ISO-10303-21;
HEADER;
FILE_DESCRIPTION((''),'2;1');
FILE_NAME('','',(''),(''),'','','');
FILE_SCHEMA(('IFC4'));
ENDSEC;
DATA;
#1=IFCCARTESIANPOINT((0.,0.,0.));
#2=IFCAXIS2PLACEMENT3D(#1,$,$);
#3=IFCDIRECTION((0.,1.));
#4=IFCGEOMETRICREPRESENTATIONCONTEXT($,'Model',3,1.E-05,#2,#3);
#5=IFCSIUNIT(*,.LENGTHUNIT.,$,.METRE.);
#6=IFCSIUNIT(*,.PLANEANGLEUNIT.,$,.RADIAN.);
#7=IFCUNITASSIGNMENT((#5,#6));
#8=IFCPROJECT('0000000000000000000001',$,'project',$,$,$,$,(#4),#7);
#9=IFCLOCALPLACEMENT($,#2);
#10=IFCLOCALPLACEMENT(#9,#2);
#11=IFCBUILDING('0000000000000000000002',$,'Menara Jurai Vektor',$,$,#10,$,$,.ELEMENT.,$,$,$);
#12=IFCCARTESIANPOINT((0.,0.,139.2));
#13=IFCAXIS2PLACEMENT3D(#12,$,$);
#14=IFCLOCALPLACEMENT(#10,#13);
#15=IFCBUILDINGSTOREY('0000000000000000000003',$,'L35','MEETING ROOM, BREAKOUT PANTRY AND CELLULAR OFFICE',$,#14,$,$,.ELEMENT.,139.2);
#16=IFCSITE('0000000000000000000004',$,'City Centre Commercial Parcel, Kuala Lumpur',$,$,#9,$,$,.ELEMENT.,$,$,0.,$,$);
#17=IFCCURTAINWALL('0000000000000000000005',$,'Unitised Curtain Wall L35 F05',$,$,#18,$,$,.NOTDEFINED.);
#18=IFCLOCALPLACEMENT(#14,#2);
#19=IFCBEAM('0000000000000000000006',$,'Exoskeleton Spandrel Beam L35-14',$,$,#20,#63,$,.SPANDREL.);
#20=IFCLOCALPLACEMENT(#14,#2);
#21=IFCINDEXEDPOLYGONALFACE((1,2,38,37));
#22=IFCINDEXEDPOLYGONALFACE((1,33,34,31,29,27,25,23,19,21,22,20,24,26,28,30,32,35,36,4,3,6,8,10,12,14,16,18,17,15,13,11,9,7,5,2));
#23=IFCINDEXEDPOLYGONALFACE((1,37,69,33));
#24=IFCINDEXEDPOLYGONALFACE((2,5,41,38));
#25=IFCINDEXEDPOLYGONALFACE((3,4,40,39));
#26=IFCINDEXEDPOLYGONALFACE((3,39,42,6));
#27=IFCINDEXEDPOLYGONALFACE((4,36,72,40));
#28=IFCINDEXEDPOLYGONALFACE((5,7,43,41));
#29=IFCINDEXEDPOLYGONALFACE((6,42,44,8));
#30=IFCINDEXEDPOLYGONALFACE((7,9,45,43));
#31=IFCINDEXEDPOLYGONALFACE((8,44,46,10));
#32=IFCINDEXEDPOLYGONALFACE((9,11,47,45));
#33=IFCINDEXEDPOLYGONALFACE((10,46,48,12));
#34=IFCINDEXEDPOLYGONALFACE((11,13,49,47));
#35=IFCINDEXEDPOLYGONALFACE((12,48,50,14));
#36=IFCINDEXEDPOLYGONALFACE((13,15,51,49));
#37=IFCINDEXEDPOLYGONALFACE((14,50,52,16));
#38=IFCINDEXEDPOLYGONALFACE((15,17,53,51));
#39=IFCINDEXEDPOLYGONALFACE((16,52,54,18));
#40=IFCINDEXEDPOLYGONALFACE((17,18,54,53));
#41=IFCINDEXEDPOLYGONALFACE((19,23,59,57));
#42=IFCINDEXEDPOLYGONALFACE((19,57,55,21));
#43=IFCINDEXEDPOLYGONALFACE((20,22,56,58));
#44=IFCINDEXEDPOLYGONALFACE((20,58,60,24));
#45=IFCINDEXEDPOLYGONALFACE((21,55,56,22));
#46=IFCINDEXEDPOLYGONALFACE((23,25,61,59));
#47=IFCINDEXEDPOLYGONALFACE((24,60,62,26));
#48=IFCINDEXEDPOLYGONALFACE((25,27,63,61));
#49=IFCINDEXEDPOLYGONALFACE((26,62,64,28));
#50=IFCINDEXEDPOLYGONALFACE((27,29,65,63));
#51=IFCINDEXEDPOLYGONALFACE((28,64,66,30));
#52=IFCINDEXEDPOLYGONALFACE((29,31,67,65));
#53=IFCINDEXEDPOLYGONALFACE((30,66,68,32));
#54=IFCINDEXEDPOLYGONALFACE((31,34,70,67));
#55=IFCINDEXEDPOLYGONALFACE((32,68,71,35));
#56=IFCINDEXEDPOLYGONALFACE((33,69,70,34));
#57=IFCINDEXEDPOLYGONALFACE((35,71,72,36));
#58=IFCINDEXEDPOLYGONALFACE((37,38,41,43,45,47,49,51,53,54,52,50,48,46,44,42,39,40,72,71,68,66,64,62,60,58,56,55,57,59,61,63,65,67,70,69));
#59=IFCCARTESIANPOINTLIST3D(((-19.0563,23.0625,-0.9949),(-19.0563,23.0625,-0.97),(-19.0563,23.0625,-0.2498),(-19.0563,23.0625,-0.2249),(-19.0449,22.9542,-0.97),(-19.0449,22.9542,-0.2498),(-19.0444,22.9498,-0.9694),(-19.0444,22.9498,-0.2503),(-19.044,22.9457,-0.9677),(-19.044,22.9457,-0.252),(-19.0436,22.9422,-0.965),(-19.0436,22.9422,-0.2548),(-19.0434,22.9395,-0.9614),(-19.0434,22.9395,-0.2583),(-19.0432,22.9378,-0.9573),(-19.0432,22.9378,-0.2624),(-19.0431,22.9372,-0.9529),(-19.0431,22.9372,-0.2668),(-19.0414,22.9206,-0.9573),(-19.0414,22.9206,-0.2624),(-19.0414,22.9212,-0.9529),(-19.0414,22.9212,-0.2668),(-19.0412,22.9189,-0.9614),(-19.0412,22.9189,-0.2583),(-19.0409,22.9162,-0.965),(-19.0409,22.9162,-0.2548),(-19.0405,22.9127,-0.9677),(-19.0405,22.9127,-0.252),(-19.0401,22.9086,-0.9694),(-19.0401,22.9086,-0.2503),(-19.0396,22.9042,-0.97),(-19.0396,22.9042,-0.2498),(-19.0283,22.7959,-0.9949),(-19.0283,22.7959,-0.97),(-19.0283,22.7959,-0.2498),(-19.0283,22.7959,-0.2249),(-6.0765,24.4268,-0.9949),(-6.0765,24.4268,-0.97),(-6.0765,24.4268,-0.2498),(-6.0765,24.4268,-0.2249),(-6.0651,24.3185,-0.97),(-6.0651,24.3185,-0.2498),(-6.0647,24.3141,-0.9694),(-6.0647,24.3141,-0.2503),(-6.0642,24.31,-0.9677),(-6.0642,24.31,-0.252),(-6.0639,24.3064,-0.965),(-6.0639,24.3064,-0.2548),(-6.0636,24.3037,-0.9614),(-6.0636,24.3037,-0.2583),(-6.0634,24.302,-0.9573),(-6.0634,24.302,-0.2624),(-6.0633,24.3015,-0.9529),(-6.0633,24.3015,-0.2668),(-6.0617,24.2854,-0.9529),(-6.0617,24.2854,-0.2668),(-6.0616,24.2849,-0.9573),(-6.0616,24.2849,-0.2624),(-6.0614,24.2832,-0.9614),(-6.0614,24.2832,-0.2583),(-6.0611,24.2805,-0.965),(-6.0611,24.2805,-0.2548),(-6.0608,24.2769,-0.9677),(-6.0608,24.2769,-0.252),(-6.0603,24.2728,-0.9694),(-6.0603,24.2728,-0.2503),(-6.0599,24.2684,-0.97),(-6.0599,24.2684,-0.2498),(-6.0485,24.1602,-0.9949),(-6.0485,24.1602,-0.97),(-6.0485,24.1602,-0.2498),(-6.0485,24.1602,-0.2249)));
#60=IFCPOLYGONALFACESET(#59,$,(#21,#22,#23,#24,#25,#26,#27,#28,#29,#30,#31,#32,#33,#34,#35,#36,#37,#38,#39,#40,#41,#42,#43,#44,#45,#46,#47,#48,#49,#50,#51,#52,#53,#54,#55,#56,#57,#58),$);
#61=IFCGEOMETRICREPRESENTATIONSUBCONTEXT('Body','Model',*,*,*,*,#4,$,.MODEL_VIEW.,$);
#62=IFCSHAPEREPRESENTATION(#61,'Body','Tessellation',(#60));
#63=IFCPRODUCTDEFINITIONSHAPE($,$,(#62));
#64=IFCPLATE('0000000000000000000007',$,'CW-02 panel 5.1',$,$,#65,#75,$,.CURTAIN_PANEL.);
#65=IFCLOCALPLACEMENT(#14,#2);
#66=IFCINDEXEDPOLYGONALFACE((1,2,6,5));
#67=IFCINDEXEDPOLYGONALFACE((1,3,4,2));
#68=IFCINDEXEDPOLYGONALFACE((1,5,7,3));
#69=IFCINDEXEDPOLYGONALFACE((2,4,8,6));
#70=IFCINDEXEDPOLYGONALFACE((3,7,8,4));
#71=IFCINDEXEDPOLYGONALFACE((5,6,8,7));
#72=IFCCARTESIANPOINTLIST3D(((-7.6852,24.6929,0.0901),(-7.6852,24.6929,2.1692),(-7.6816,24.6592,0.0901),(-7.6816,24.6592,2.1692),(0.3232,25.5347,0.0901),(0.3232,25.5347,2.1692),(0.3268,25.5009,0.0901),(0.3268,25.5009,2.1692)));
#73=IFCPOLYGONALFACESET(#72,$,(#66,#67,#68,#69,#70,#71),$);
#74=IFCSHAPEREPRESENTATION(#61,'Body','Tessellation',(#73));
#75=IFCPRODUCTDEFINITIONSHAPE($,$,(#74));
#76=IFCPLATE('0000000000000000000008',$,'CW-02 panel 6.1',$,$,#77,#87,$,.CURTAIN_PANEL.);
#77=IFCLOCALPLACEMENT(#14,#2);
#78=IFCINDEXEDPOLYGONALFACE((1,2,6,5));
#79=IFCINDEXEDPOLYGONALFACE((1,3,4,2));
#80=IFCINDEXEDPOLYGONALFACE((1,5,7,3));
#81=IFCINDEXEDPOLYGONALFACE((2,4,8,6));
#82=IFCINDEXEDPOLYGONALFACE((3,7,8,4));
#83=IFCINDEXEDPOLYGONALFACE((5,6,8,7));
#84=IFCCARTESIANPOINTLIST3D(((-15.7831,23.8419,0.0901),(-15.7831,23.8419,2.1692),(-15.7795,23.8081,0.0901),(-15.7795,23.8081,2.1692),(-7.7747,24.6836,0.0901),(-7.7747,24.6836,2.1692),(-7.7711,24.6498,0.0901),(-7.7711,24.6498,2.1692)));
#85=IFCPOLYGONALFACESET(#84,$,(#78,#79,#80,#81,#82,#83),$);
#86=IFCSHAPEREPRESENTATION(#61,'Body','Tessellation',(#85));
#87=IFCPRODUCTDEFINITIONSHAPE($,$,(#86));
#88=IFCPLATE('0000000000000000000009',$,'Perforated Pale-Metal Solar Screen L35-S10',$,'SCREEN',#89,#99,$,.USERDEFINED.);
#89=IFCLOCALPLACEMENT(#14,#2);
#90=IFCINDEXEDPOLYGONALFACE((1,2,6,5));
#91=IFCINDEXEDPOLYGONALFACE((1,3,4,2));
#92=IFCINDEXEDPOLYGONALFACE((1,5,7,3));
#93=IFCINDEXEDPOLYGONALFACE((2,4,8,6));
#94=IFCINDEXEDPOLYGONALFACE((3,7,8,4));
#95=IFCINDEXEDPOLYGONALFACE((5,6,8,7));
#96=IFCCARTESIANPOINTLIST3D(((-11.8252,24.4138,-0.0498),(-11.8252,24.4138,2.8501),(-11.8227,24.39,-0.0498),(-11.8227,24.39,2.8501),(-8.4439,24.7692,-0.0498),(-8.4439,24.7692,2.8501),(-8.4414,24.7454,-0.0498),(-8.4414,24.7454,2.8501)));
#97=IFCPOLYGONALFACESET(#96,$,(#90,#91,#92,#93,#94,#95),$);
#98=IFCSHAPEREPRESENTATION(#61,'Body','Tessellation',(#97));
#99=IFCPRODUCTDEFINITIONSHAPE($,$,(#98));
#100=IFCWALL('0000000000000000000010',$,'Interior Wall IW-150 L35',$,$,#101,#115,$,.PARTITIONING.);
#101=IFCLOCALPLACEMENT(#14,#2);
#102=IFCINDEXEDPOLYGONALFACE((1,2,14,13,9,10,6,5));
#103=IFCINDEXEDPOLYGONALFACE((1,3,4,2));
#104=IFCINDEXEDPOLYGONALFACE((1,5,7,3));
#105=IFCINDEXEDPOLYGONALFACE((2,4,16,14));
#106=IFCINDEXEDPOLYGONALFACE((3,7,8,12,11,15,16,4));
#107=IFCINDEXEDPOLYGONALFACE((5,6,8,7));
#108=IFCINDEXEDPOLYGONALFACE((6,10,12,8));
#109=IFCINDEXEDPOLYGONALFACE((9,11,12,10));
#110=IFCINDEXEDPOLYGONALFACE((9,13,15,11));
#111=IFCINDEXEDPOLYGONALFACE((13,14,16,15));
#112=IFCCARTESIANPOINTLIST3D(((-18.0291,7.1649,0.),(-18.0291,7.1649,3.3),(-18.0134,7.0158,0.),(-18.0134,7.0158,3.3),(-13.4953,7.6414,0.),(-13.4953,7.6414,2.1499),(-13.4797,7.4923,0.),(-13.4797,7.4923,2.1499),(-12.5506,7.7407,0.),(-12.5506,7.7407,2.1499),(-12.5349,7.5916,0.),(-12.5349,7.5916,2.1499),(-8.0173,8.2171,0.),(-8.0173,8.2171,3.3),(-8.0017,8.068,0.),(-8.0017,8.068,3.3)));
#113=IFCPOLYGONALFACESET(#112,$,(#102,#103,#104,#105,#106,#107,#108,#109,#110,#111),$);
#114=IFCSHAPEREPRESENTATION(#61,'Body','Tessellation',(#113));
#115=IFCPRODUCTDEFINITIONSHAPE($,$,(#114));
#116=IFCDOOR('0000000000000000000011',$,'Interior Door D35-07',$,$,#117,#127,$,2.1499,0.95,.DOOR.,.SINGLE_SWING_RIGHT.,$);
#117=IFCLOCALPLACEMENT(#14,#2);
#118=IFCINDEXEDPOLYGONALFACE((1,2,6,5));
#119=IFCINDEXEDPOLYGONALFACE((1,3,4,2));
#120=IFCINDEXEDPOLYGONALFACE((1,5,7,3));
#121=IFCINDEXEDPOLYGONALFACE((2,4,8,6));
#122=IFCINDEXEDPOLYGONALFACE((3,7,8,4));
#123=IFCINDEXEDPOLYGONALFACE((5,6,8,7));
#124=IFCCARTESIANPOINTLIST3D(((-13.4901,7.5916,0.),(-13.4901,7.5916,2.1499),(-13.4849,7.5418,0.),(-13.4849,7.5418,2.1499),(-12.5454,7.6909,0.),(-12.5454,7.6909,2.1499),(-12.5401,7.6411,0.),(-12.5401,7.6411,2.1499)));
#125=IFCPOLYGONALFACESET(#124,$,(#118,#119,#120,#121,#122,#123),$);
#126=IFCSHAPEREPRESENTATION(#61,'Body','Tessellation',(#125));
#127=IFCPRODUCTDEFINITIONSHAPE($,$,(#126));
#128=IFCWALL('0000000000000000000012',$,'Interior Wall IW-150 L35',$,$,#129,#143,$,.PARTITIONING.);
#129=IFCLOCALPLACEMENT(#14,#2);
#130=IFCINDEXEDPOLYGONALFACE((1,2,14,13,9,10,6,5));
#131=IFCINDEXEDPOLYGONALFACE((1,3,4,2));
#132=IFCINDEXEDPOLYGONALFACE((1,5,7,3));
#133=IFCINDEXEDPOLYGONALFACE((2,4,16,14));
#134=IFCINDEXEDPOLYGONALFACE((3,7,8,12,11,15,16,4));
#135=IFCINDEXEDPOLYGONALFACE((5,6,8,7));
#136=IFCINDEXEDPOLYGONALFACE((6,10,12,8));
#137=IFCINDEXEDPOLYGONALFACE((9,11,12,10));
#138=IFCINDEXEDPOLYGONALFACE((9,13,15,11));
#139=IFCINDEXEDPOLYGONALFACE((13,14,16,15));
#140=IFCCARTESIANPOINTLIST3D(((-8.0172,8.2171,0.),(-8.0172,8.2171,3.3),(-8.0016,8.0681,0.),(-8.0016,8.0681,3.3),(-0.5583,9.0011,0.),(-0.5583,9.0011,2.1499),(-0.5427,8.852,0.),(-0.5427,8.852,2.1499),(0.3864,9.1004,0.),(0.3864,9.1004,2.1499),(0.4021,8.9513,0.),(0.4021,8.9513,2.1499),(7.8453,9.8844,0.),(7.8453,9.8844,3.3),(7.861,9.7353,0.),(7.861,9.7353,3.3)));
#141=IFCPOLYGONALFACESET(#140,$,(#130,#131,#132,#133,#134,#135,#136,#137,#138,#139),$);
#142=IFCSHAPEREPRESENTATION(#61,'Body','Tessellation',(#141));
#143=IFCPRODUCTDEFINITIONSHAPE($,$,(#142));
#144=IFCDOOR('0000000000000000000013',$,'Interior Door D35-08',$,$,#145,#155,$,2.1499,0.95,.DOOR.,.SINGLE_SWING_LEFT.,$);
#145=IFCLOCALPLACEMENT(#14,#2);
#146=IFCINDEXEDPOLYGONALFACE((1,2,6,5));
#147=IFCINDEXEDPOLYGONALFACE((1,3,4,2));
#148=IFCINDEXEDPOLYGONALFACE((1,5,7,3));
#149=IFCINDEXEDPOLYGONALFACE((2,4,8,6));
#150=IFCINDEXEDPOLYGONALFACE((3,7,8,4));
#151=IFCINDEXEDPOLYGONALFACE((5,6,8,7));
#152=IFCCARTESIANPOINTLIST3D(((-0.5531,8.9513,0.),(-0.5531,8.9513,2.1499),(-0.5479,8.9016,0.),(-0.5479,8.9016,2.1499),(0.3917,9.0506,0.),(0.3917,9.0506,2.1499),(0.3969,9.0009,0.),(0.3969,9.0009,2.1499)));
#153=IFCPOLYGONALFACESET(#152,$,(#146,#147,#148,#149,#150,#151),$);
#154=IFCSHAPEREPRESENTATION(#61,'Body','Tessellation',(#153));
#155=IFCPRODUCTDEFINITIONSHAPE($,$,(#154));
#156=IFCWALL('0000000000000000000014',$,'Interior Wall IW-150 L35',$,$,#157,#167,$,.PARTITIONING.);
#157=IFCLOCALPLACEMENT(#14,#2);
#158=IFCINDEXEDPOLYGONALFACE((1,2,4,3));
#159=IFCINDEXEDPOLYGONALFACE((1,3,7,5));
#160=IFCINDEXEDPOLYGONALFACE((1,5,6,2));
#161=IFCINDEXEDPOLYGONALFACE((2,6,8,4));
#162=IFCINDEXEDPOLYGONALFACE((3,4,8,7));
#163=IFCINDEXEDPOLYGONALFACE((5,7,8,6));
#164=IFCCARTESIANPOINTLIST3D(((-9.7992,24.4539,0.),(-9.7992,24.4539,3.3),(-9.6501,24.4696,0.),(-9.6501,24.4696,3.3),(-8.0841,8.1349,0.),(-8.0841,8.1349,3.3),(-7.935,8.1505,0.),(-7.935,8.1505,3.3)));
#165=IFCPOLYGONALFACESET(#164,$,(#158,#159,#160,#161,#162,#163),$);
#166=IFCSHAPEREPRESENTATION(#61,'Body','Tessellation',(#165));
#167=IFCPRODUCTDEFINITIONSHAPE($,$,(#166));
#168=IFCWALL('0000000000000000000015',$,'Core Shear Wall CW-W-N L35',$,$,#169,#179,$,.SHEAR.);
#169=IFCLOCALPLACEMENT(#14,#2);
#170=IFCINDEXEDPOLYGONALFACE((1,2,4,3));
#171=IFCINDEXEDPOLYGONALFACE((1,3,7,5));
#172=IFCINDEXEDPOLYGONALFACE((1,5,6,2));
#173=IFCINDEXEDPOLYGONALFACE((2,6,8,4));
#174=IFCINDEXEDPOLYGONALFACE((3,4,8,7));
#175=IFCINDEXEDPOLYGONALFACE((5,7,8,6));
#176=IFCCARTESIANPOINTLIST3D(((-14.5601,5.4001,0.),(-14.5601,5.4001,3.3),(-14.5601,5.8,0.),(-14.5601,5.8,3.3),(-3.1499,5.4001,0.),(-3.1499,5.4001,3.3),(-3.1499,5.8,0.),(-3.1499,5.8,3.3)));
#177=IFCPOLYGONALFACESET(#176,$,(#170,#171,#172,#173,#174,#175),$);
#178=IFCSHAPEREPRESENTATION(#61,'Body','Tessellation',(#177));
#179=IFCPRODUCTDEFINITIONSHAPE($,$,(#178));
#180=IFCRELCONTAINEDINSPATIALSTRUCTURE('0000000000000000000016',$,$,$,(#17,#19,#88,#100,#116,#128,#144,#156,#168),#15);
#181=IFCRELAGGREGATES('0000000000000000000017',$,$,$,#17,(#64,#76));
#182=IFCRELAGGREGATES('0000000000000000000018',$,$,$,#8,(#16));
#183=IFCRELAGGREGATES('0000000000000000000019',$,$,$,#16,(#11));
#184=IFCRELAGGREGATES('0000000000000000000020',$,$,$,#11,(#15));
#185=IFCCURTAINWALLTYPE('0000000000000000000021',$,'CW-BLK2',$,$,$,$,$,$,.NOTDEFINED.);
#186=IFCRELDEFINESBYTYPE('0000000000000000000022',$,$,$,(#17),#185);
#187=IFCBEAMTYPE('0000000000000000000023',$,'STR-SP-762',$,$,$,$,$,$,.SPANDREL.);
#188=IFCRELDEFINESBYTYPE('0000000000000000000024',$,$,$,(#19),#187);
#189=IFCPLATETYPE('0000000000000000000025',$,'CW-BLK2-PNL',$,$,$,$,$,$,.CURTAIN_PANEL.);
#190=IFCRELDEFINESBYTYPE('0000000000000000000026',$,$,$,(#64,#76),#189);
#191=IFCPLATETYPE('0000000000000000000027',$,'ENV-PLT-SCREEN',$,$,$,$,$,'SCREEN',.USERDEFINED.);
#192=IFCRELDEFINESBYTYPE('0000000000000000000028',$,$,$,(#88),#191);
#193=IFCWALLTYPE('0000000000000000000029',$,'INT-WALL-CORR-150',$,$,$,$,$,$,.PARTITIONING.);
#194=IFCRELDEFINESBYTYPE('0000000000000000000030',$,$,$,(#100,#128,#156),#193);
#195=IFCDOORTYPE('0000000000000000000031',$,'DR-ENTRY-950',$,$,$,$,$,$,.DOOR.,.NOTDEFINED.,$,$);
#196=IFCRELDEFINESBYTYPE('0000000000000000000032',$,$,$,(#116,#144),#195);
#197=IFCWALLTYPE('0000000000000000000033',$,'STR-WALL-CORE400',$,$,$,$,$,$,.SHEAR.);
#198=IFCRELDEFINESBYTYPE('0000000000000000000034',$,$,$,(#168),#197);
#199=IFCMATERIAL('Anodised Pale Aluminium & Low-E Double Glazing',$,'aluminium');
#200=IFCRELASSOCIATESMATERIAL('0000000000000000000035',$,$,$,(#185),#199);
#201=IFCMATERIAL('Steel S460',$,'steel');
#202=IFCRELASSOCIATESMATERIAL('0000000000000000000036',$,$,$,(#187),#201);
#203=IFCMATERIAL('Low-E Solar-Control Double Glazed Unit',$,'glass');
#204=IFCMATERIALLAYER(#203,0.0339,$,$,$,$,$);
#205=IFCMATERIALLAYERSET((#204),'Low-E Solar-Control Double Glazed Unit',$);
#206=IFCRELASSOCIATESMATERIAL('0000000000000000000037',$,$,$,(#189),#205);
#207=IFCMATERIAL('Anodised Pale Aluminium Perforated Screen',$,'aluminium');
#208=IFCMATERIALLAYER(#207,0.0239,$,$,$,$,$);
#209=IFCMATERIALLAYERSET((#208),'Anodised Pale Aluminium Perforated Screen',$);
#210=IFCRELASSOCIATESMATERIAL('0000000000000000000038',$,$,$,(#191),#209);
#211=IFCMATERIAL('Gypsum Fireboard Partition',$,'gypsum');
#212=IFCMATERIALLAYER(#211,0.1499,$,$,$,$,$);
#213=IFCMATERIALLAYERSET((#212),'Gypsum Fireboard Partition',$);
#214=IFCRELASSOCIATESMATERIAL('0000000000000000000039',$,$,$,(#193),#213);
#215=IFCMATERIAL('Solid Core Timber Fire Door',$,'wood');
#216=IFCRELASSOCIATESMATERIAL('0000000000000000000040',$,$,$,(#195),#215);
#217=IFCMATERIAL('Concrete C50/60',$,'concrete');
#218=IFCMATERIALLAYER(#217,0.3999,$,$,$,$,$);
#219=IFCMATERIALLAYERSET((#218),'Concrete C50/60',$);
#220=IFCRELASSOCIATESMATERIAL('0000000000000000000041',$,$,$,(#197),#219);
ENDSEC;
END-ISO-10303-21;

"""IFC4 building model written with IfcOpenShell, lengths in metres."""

from ifc_helpers import new_model, si_unit, direction, frame, frame_2d, origin, origin_2d, place, context, subcontext, project, spatial, rectangle, i_section, extrude, material, layer, layer_set, material_profile, profile_set, type_object, element, fill, aggregate, save


model = new_model("IFC4")

# Units and contexts
model_context = context("Model", 3, precision=1e-05, world=origin(), true_north=direction((0.0, 1.0)))
body_context = subcontext(model_context, "Body", "Model", "MODEL_VIEW")
ifc_project = project(units=[si_unit("LENGTHUNIT", "METRE"), si_unit("PLANEANGLEUNIT", "RADIAN")], contexts=[model_context])

# Site, building, storey
site_placement = place(None, origin())
site = spatial("IfcSite", under=ifc_project, at=site_placement, Name="City Centre Commercial Parcel, Kuala Lumpur", CompositionType="ELEMENT", RefElevation=0.0)
building_placement = place(site_placement, origin())
building = spatial("IfcBuilding", under=site, at=building_placement, Name="Menara Jurai Vektor", CompositionType="ELEMENT")
storey_placement = place(building_placement, frame((0.0, 0.0, 139.2)))
storey = spatial("IfcBuildingStorey", under=building, at=storey_placement, Name="L35", Description="MEETING ROOM, BREAKOUT PANTRY AND CELLULAR OFFICE", CompositionType="ELEMENT", Elevation=139.2)

# Shared definitions
ifc_material_1 = material(Name="Steel S460", Category="steel")

# Curtain wall
ifc_material_2 = material(Name="Anodised Pale Aluminium & Low-E Double Glazing", Category="aluminium")
curtain_wall_type = type_object("IfcCurtainWallType", Name="CW-BLK2", PredefinedType="NOTDEFINED", material=ifc_material_2)
curtain_wall_placement = place(storey_placement, origin())
curtain_wall = element("IfcCurtainWall", 1, at=curtain_wall_placement, inside=storey, type_object=curtain_wall_type, Name="Unitised Curtain Wall L35 F05", PredefinedType="NOTDEFINED")

# Beam
ifc_material_profile_1 = material_profile(ifc_material_1, i_section(OverallWidth=0.2681, OverallDepth=0.77, WebThickness=0.0161, FlangeThickness=0.0249, FilletRadius=0.0171, at=origin_2d()), Name="UKB 762x267x197")
ifc_profile_set_1 = profile_set([ifc_material_profile_1], Name="Steel S460")
beam_type_1 = type_object("IfcBeamType", Name="STR-SP-762", PredefinedType="SPANDREL", material=ifc_profile_set_1)
beam_1_placement = place(storey_placement, frame((-6.0625, 24.2935, -0.6099), z_axis=(-0.994522, -0.104531, 0.0), x_axis=(0.104531, -0.994522, 0.0)))
element("IfcBeam", 2, at=beam_1_placement, inside=storey, type_object=beam_type_1, Name="Exoskeleton Spandrel Beam L35-14", PredefinedType="SPANDREL", context=body_context, shape_type="SweptSolid", body=[
    extrude(i_section(OverallWidth=0.2681, OverallDepth=0.77, WebThickness=0.0161, FlangeThickness=0.0249, FilletRadius=0.0171, at=origin_2d()), origin(), (0.0, 0.0, 1.0), 13.0513),
])

# Plates
ifc_material_3 = material(Name="Low-E Solar-Control Double Glazed Unit", Category="glass")
ifc_layer_1 = layer(ifc_material_3, 0.0339)
ifc_layer_set_1 = layer_set([ifc_layer_1], Name="Low-E Solar-Control Double Glazed Unit")
plate_type_1 = type_object("IfcPlateType", Name="CW-BLK2-PNL", PredefinedType="CURTAIN_PANEL", material=ifc_layer_set_1)
plate_1_placement = place(storey_placement, frame((-3.6792, 25.0969, 0.0901), z_axis=(0.0, 0.0, 1.0), x_axis=(-0.994522, -0.104529, 0.0)))
plate_1 = element("IfcPlate", 3, at=plate_1_placement, type_object=plate_type_1, Name="CW-02 panel 5.1", PredefinedType="CURTAIN_PANEL", context=body_context, shape_type="SweptSolid", body=[
    extrude(rectangle(XDim=8.0525, YDim=0.0339, at=origin_2d()), origin(), (0.0, 0.0, 1.0), 2.0791),
])
plate_2_placement = place(storey_placement, frame((-11.7771, 24.2458, 0.0901), z_axis=(0.0, 0.0, 1.0), x_axis=(-0.994522, -0.104529, 0.0)))
plate_2 = element("IfcPlate", 4, at=plate_2_placement, type_object=plate_type_1, Name="CW-02 panel 6.1", PredefinedType="CURTAIN_PANEL", context=body_context, shape_type="SweptSolid", body=[
    extrude(rectangle(XDim=8.0525, YDim=0.0339, at=origin_2d()), origin(), (0.0, 0.0, 1.0), 2.0791),
])
aggregate(curtain_wall, [plate_1, plate_2])
ifc_material_4 = material(Name="Anodised Pale Aluminium Perforated Screen", Category="aluminium")
ifc_layer_2 = layer(ifc_material_4, 0.0239)
ifc_layer_set_2 = layer_set([ifc_layer_2], Name="Anodised Pale Aluminium Perforated Screen")
plate_type_2 = type_object("IfcPlateType", Name="ENV-PLT-SCREEN", ElementType="SCREEN", PredefinedType="USERDEFINED", material=ifc_layer_set_2)
plate_3_placement = place(storey_placement, frame((-10.1333, 24.5796, -0.0498), z_axis=(0.0, 0.0, 1.0), x_axis=(-0.994522, -0.104528, 0.0)))
element("IfcPlate", 5, at=plate_3_placement, inside=storey, type_object=plate_type_2, Name="Perforated Pale-Metal Solar Screen L35-S10", ObjectType="SCREEN", PredefinedType="USERDEFINED", context=body_context, shape_type="SweptSolid", body=[
    extrude(rectangle(XDim=3.3999, YDim=0.0239, at=origin_2d()), origin(), (0.0, 0.0, 1.0), 2.8999),
])

# Walls, openings, doors
ifc_material_5 = material(Name="Gypsum Fireboard Partition", Category="gypsum")
ifc_layer_3 = layer(ifc_material_5, 0.1499)
ifc_layer_set_3 = layer_set([ifc_layer_3], Name="Gypsum Fireboard Partition")
wall_type_1 = type_object("IfcWallType", Name="INT-WALL-CORR-150", PredefinedType="PARTITIONING", material=ifc_layer_set_3)
wall_1_placement = place(storey_placement, frame((-18.0212, 7.0903, 0.0), z_axis=(0.0, 0.0, 1.0), x_axis=(0.994522, 0.104526, 0.0)))
wall_1 = element("IfcWall", 6, at=wall_1_placement, inside=storey, type_object=wall_type_1, Name="Interior Wall IW-150 L35", PredefinedType="PARTITIONING", context=body_context, shape_type="SweptSolid", body=[
    extrude(rectangle(XDim=10.0669, YDim=0.1499, at=frame_2d((5.0334, 0.0))), origin(), (0.0, 0.0, 1.0), 3.3),
])
opening_1_placement = place(wall_1_placement, frame((4.5586, 0.0, 0.0)))
opening_1 = element("IfcOpeningElement", 7, at=opening_1_placement, cuts=wall_1, PredefinedType="OPENING", context=body_context, shape_type="SweptSolid", body=[
    extrude(rectangle(XDim=0.95, YDim=2.1499, at=frame_2d((0.4751, 1.075))), frame((0.0, 0.085, 0.0), z_axis=(0.0, -1.0, 0.0), x_axis=(1.0, 0.0, 0.0)), (0.0, 0.0, 1.0), 0.1699),
])
ifc_material_6 = material(Name="Solid Core Timber Fire Door", Category="wood")
door_type = type_object("IfcDoorType", Name="DR-ENTRY-950", OperationType="NOTDEFINED", PredefinedType="DOOR", material=ifc_material_6)
door_1_placement = place(opening_1_placement, origin())
door_1 = element("IfcDoor", 8, at=door_1_placement, inside=storey, type_object=door_type, Name="Interior Door D35-07", OperationType="SINGLE_SWING_RIGHT", OverallHeight=2.1499, OverallWidth=0.95, PredefinedType="DOOR", context=body_context, shape_type="SweptSolid", body=[
    extrude(rectangle(XDim=0.95, YDim=2.1499, at=frame_2d((0.4751, 1.075))), frame((0.0, 0.0249, 0.0), z_axis=(0.0, -1.0, 0.0), x_axis=(1.0, 0.0, 0.0)), (0.0, 0.0, 1.0), 0.05),
])
fill(opening_1, door_1)
wall_2_placement = place(storey_placement, frame((-8.0095, 8.1426, 0.0), z_axis=(0.0, 0.0, 1.0), x_axis=(0.994522, 0.104529, 0.0)))
wall_2 = element("IfcWall", 9, at=wall_2_placement, inside=storey, type_object=wall_type_1, Name="Interior Wall IW-150 L35", PredefinedType="PARTITIONING", context=body_context, shape_type="SweptSolid", body=[
    extrude(rectangle(XDim=15.95, YDim=0.1499, at=frame_2d((7.9751, 0.0))), origin(), (0.0, 0.0, 1.0), 3.3),
])
opening_2_placement = place(wall_2_placement, frame((7.5, 0.0, 0.0)))
opening_2 = element("IfcOpeningElement", 10, at=opening_2_placement, cuts=wall_2, PredefinedType="OPENING", context=body_context, shape_type="SweptSolid", body=[
    extrude(rectangle(XDim=0.95, YDim=2.1499, at=frame_2d((0.4751, 1.075))), frame((0.0, 0.085, 0.0), z_axis=(0.0, -1.0, 0.0), x_axis=(1.0, 0.0, 0.0)), (0.0, 0.0, 1.0), 0.1699),
])
door_2_placement = place(opening_2_placement, origin())
door_2 = element("IfcDoor", 11, at=door_2_placement, inside=storey, type_object=door_type, Name="Interior Door D35-08", OperationType="SINGLE_SWING_LEFT", OverallHeight=2.1499, OverallWidth=0.95, PredefinedType="DOOR", context=body_context, shape_type="SweptSolid", body=[
    extrude(rectangle(XDim=0.95, YDim=2.1499, at=frame_2d((0.4751, 1.075))), frame((0.0, 0.0249, 0.0), z_axis=(0.0, -1.0, 0.0), x_axis=(1.0, 0.0, 0.0)), (0.0, 0.0, 1.0), 0.05),
])
fill(opening_2, door_2)

# Walls
wall_3_placement = place(storey_placement, frame((-8.0095, 8.1426, 0.0), z_axis=(0.0, 0.0, 1.0), x_axis=(-0.104521, 0.994523, 0.0)))
element("IfcWall", 12, at=wall_3_placement, inside=storey, type_object=wall_type_1, Name="Interior Wall IW-150 L35", PredefinedType="PARTITIONING", context=body_context, shape_type="SweptSolid", body=[
    extrude(rectangle(XDim=16.4089, YDim=0.1499, at=frame_2d((8.2046, 0.0))), origin(), (0.0, 0.0, 1.0), 3.3),
])
ifc_material_7 = material(Name="Concrete C50/60", Category="concrete")
ifc_layer_4 = layer(ifc_material_7, 0.3999)
ifc_layer_set_4 = layer_set([ifc_layer_4], Name="Concrete C50/60")
wall_type_2 = type_object("IfcWallType", Name="STR-WALL-CORE400", PredefinedType="SHEAR", material=ifc_layer_set_4)
wall_4_placement = place(storey_placement, frame((-14.5601, 5.6001, 0.0), z_axis=(0.0, 0.0, 1.0), x_axis=(1.0, 0.0, 0.0)))
element("IfcWall", 13, at=wall_4_placement, inside=storey, type_object=wall_type_2, Name="Core Shear Wall CW-W-N L35", PredefinedType="SHEAR", context=body_context, shape_type="SweptSolid", body=[
    extrude(rectangle(XDim=11.4102, YDim=0.3999, at=frame_2d((5.7051, 0.0))), origin(), (0.0, 0.0, 1.0), 3.3),
])

save(model, "model.ifc")
